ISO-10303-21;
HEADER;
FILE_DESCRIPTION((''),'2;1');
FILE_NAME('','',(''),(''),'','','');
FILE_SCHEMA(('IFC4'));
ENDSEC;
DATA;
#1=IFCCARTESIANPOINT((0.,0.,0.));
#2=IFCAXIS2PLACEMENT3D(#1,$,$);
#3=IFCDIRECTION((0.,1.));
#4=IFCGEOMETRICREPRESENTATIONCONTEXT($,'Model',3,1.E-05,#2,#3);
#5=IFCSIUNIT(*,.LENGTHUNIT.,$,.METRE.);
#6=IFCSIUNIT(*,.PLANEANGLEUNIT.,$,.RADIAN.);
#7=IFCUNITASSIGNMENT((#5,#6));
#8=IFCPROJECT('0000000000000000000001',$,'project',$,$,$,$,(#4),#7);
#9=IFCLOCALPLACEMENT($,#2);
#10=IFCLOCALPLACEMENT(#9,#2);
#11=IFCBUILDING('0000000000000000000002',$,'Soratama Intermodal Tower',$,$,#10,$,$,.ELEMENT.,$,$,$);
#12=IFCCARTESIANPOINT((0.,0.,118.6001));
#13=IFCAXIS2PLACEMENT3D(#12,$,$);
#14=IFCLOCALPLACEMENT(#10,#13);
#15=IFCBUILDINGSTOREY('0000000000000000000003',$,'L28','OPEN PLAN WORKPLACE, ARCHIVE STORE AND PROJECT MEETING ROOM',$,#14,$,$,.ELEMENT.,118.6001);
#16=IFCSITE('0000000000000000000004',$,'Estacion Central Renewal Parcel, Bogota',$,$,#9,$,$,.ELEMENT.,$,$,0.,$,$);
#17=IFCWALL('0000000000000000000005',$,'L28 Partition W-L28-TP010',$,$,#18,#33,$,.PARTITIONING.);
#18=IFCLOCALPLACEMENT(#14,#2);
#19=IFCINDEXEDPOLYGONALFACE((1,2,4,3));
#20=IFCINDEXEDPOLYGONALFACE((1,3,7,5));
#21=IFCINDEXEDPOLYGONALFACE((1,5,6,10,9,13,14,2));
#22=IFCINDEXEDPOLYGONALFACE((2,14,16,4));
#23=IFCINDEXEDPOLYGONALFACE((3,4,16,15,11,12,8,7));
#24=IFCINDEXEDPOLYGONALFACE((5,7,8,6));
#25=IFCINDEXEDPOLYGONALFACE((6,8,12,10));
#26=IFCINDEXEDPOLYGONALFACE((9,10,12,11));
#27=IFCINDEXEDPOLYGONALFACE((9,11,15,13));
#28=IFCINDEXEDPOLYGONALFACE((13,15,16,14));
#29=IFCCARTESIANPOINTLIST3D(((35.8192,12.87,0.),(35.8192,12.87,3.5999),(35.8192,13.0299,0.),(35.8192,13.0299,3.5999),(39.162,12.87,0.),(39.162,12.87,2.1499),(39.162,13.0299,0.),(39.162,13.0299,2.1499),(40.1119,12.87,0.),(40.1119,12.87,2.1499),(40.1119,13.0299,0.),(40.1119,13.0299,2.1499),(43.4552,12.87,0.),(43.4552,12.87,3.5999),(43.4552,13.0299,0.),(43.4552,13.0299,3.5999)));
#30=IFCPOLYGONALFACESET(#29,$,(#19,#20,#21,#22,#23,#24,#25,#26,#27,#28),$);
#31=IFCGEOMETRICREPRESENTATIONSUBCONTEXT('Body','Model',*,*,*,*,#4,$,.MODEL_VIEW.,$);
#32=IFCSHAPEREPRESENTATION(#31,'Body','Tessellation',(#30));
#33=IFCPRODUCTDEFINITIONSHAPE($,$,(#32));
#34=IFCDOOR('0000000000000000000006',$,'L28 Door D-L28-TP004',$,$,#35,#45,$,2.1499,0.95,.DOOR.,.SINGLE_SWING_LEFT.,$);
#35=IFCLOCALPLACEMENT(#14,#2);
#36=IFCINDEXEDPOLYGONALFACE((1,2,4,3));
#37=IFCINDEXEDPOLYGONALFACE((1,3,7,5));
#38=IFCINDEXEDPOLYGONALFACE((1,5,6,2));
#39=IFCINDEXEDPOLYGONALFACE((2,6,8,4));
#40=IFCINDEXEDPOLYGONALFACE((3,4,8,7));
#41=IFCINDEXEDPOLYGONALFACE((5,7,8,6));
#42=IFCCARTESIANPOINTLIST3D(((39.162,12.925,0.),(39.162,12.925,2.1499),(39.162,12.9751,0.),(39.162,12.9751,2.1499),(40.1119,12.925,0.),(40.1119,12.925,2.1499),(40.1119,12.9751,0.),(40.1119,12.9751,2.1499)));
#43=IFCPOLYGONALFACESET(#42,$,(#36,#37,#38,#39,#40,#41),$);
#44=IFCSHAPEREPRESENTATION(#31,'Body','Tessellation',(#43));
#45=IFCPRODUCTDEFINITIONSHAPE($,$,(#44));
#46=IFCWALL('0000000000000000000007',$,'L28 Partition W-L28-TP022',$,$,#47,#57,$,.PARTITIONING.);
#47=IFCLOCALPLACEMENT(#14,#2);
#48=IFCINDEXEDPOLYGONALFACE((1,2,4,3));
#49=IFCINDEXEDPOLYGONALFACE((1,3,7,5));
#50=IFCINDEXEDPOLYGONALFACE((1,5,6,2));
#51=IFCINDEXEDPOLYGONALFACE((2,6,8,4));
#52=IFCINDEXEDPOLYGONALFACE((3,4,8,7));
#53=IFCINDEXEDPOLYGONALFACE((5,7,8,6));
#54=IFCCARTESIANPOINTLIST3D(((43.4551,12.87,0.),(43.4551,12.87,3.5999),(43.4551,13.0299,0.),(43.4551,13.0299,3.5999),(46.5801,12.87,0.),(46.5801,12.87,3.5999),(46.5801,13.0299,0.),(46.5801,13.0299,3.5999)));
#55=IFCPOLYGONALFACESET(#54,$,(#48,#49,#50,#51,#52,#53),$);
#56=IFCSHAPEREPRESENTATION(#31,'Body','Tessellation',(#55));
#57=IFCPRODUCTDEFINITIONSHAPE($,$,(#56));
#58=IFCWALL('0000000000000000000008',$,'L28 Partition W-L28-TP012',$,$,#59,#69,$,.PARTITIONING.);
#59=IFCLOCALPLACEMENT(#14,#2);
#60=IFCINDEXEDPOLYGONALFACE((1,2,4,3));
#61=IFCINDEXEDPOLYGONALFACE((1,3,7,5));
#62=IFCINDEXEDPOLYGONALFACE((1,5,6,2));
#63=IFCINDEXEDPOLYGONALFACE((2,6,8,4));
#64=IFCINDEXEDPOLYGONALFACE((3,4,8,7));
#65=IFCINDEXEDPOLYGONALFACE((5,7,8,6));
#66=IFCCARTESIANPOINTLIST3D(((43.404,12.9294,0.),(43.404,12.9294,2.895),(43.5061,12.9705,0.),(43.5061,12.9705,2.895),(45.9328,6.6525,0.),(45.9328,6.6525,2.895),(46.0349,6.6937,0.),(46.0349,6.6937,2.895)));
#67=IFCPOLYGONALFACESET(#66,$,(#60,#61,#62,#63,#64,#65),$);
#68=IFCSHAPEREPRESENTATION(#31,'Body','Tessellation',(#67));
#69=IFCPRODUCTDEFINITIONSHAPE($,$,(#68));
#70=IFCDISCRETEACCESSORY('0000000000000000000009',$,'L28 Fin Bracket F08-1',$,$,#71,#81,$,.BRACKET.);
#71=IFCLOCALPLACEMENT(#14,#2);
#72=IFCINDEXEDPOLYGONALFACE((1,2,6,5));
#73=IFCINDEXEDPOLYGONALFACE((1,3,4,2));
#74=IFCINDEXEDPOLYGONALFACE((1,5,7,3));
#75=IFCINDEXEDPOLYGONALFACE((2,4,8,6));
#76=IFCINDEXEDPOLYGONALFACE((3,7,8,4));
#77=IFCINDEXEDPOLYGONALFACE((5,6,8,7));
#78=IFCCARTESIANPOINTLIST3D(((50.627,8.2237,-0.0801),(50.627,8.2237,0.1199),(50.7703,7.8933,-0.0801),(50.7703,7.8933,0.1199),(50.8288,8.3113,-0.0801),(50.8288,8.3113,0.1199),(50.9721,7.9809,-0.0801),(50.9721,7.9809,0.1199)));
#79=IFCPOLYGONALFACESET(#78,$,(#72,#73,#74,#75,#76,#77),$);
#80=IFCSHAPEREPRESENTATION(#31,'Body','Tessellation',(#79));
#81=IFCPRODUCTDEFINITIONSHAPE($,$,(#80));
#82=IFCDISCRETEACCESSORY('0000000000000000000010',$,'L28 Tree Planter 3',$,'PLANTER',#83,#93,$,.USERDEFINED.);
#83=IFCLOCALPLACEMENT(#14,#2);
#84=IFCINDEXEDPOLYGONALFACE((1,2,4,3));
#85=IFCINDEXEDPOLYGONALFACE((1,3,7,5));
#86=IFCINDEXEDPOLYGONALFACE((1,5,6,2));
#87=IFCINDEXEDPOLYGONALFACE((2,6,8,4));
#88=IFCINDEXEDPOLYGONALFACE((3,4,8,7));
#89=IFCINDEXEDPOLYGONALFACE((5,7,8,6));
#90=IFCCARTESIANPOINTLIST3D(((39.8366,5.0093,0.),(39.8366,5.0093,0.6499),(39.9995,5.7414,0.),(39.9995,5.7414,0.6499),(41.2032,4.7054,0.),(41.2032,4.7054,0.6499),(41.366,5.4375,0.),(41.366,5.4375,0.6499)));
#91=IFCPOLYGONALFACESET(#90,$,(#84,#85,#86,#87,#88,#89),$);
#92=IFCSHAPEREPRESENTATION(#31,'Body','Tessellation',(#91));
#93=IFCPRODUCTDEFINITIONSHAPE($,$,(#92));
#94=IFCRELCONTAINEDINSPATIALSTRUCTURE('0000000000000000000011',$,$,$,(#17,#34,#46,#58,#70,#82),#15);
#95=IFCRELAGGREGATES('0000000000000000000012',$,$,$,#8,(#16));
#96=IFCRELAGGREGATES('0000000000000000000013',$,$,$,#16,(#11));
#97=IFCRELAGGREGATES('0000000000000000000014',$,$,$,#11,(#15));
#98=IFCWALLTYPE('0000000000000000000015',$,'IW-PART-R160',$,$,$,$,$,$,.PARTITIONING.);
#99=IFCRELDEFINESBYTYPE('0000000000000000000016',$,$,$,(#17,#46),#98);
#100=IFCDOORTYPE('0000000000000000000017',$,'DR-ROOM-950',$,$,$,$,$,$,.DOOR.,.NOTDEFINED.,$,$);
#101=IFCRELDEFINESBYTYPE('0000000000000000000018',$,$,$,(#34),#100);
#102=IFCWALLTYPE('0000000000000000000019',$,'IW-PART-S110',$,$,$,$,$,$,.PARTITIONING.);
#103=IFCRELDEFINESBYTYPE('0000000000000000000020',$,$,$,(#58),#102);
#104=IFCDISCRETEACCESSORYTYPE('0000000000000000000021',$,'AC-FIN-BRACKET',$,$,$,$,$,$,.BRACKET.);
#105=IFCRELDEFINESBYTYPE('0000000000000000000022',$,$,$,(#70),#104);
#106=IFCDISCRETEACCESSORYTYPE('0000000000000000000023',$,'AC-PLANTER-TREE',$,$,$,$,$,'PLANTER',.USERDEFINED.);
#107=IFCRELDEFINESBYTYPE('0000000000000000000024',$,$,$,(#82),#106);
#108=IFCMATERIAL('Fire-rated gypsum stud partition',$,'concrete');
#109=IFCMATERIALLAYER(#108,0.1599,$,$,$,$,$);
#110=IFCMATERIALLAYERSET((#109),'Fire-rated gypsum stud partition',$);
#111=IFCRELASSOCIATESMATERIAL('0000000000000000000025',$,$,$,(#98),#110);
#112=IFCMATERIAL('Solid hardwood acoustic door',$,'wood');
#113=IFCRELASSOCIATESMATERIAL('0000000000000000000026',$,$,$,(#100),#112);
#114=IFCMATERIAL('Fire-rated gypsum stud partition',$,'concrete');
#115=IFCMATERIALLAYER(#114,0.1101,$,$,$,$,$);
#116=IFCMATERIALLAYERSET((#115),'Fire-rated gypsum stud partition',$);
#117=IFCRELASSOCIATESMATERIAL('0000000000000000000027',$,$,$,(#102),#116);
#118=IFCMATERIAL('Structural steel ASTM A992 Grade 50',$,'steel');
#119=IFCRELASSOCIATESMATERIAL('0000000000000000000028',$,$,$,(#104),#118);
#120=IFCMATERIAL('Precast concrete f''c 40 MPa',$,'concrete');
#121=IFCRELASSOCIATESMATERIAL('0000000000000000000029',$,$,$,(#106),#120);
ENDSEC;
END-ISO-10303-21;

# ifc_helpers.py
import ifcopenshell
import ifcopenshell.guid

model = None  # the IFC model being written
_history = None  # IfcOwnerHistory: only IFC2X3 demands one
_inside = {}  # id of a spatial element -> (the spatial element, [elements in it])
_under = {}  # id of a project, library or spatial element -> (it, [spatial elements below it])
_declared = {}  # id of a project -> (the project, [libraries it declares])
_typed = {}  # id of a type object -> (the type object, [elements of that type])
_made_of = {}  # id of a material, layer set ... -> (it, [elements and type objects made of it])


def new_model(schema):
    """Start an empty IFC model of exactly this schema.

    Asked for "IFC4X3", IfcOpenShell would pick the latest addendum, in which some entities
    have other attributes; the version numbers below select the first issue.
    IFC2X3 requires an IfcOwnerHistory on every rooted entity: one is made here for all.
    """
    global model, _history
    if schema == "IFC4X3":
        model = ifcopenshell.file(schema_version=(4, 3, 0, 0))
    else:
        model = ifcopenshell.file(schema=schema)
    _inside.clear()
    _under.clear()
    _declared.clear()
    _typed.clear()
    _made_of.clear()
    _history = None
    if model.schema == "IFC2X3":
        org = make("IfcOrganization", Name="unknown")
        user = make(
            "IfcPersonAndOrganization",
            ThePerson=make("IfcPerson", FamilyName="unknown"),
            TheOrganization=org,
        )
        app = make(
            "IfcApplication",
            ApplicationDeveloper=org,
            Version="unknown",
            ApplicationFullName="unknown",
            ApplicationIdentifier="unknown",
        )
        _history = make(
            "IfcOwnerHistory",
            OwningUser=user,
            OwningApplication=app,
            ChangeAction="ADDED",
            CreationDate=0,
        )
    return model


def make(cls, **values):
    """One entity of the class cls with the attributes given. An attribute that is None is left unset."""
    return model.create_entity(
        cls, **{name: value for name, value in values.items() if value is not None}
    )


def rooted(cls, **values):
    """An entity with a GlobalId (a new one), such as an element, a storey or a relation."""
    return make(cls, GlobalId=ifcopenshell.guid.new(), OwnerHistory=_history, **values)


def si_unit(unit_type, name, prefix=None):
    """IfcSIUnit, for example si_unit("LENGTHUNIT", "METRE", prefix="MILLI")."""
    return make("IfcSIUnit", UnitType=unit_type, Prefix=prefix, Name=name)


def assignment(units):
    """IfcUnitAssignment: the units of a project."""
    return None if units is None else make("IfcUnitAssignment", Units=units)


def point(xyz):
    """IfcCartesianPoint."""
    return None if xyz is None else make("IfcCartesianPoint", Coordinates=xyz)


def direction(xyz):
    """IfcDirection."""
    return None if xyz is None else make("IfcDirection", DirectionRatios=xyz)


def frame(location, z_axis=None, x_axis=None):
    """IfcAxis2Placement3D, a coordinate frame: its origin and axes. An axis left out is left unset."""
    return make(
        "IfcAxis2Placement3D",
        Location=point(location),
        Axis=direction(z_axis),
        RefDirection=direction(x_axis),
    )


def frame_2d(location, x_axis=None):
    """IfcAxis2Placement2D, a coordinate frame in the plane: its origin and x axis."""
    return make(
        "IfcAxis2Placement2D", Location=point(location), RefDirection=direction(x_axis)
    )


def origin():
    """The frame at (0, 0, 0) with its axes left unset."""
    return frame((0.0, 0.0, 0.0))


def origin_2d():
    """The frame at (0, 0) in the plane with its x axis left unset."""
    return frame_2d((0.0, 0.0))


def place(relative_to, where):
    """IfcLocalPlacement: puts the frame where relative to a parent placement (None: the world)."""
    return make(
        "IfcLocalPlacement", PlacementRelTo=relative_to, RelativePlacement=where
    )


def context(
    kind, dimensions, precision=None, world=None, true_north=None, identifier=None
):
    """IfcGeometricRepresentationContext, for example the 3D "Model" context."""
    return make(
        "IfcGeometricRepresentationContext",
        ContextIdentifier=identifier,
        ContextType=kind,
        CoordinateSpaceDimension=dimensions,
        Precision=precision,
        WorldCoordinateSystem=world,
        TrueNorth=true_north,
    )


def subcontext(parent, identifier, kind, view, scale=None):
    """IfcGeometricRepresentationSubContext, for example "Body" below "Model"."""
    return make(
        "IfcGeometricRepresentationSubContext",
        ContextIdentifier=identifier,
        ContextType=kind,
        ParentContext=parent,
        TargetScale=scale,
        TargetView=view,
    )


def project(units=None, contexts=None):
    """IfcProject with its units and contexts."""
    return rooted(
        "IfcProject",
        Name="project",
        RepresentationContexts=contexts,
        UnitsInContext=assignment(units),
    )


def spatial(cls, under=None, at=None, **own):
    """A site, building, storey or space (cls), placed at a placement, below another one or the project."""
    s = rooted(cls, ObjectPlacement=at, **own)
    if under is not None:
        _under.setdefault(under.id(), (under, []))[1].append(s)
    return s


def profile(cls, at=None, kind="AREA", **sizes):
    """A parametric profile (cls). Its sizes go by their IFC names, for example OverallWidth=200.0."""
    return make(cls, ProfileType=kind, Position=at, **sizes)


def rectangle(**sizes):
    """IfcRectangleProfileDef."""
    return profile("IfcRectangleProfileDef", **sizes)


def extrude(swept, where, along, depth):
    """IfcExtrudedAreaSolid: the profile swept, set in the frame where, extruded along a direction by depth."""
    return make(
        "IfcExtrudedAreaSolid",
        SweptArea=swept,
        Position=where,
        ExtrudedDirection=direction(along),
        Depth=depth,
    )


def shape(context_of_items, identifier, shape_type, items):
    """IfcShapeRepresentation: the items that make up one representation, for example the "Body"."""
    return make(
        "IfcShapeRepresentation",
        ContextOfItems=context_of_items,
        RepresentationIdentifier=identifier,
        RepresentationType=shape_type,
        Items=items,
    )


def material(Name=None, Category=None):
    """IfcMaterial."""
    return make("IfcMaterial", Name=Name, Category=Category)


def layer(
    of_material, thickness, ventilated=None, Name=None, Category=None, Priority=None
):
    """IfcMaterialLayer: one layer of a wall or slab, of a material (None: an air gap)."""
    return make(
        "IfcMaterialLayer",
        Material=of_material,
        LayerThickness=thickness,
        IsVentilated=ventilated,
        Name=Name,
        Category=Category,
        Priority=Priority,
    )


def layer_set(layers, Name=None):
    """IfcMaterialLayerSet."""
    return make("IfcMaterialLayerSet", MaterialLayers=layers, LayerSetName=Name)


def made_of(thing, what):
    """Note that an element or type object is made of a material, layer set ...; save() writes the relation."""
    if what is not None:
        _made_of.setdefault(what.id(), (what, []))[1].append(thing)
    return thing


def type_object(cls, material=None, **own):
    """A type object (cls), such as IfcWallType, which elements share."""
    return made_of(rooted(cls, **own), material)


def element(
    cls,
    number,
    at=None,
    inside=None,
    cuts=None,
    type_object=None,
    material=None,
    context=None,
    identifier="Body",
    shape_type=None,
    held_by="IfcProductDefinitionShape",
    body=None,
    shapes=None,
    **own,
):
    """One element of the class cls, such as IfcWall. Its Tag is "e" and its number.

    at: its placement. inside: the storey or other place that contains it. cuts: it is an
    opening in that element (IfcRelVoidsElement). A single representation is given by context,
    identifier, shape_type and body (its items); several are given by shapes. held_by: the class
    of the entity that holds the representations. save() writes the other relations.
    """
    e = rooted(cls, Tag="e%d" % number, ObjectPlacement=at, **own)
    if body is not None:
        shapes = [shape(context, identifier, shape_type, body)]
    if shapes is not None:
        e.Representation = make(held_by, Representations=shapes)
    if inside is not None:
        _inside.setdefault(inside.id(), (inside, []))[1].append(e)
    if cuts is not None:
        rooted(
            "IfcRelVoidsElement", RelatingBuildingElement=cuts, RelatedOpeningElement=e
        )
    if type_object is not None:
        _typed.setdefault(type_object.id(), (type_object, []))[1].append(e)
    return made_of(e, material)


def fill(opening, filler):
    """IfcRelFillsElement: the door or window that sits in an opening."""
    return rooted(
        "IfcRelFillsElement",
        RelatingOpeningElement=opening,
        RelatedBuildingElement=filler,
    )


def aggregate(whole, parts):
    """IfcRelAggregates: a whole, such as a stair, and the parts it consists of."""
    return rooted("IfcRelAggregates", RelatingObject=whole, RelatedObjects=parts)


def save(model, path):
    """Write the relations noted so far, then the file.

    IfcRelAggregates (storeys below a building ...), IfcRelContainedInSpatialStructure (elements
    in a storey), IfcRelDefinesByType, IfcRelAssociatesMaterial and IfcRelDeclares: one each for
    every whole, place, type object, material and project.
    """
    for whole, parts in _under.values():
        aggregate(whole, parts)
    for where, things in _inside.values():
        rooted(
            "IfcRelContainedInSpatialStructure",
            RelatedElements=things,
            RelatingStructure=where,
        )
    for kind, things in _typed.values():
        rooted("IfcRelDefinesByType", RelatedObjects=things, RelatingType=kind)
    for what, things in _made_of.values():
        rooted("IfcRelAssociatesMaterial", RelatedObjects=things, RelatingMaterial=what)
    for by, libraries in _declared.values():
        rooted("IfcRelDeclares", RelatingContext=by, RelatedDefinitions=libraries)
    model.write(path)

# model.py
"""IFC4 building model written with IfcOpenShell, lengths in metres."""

from ifc_helpers import new_model, si_unit, direction, frame, frame_2d, origin, origin_2d, place, context, subcontext, project, spatial, rectangle, extrude, material, layer, layer_set, type_object, element, fill, save


model = new_model("IFC4")

# Units and contexts
model_context = context("Model", 3, precision=1e-05, world=origin(), true_north=direction((0.0, 1.0)))
body_context = subcontext(model_context, "Body", "Model", "MODEL_VIEW")
ifc_project = project(units=[si_unit("LENGTHUNIT", "METRE"), si_unit("PLANEANGLEUNIT", "RADIAN")], contexts=[model_context])

# Site, building, storey
site_placement = place(None, origin())
site = spatial("IfcSite", under=ifc_project, at=site_placement, Name="Estacion Central Renewal Parcel, Bogota", CompositionType="ELEMENT", RefElevation=0.0)
building_placement = place(site_placement, origin())
building = spatial("IfcBuilding", under=site, at=building_placement, Name="Soratama Intermodal Tower", CompositionType="ELEMENT")
storey_placement = place(building_placement, frame((0.0, 0.0, 118.6001)))
storey = spatial("IfcBuildingStorey", under=building, at=storey_placement, Name="L28", Description="OPEN PLAN WORKPLACE, ARCHIVE STORE AND PROJECT MEETING ROOM", CompositionType="ELEMENT", Elevation=118.6001)

# Wall, opening, door
ifc_material_1 = material(Name="Fire-rated gypsum stud partition", Category="concrete")
ifc_layer_1 = layer(ifc_material_1, 0.1599)
ifc_layer_set_1 = layer_set([ifc_layer_1], Name="Fire-rated gypsum stud partition")
wall_type_1 = type_object("IfcWallType", Name="IW-PART-R160", PredefinedType="PARTITIONING", material=ifc_layer_set_1)
wall_1_placement = place(storey_placement, frame((43.4551, 12.95, 0.0), z_axis=(0.0, 0.0, 1.0), x_axis=(-1.0, 0.0, 0.0)))
wall_1 = element("IfcWall", 1, at=wall_1_placement, inside=storey, type_object=wall_type_1, Name="L28 Partition W-L28-TP010", PredefinedType="PARTITIONING", context=body_context, shape_type="SweptSolid", body=[
    extrude(rectangle(XDim=7.636, YDim=0.1599, at=frame_2d((3.8179, 0.0))), origin(), (0.0, 0.0, 1.0), 3.5999),
])
opening_1_placement = place(wall_1_placement, frame((3.343, 0.0, 0.0)))
opening_1 = element("IfcOpeningElement", 2, at=opening_1_placement, cuts=wall_1, PredefinedType="OPENING", context=body_context, shape_type="SweptSolid", body=[
    extrude(rectangle(XDim=0.95, YDim=2.1499, at=frame_2d((0.4751, 1.075))), frame((0.0, 0.0898, 0.0), z_axis=(0.0, -1.0, 0.0), x_axis=(1.0, 0.0, 0.0)), (0.0, 0.0, 1.0), 0.1799),
])
ifc_material_2 = material(Name="Solid hardwood acoustic door", Category="wood")
door_type = type_object("IfcDoorType", Name="DR-ROOM-950", OperationType="NOTDEFINED", PredefinedType="DOOR", material=ifc_material_2)
door_placement = place(opening_1_placement, origin())
door = element("IfcDoor", 3, at=door_placement, inside=storey, type_object=door_type, Name="L28 Door D-L28-TP004", OperationType="SINGLE_SWING_LEFT", OverallHeight=2.1499, OverallWidth=0.95, PredefinedType="DOOR", context=body_context, shape_type="SweptSolid", body=[
    extrude(rectangle(XDim=0.95, YDim=2.1499, at=frame_2d((0.4751, 1.075))), frame((0.0, 0.0249, 0.0), z_axis=(0.0, -1.0, 0.0), x_axis=(1.0, 0.0, 0.0)), (0.0, 0.0, 1.0), 0.05),
])
fill(opening_1, door)

# Walls
wall_2_placement = place(storey_placement, frame((46.5801, 12.95, 0.0), z_axis=(0.0, 0.0, 1.0), x_axis=(-1.0, 0.0, 0.0)))
element("IfcWall", 4, at=wall_2_placement, inside=storey, type_object=wall_type_1, Name="L28 Partition W-L28-TP022", PredefinedType="PARTITIONING", context=body_context, shape_type="SweptSolid", body=[
    extrude(rectangle(XDim=3.125, YDim=0.1599, at=frame_2d((1.5625, 0.0))), origin(), (0.0, 0.0, 1.0), 3.5999),
])
ifc_material_3 = material(Name="Fire-rated gypsum stud partition", Category="concrete")
ifc_layer_2 = layer(ifc_material_3, 0.1101)
ifc_layer_set_2 = layer_set([ifc_layer_2], Name="Fire-rated gypsum stud partition")
wall_type_2 = type_object("IfcWallType", Name="IW-PART-S110", PredefinedType="PARTITIONING", material=ifc_layer_set_2)
wall_3_placement = place(storey_placement, frame((43.4551, 12.95, 0.0), z_axis=(0.0, 0.0, 1.0), x_axis=(0.373691, -0.927553, 0.0)))
element("IfcWall", 5, at=wall_3_placement, inside=storey, type_object=wall_type_2, Name="L28 Partition W-L28-TP012", PredefinedType="PARTITIONING", context=body_context, shape_type="SweptSolid", body=[
    extrude(rectangle(XDim=6.7671, YDim=0.1101, at=frame_2d((3.3835, 0.0))), origin(), (0.0, 0.0, 1.0), 2.895),
])

# Discrete accessories
ifc_material_4 = material(Name="Structural steel ASTM A992 Grade 50", Category="steel")
discrete_accessory_type_1 = type_object("IfcDiscreteAccessoryType", Name="AC-FIN-BRACKET", PredefinedType="BRACKET", material=ifc_material_4)
discrete_accessory_1_placement = place(storey_placement, frame((50.7996, 8.1023, -0.0801), z_axis=(0.0, 0.0, 1.0), x_axis=(0.398109, -0.917338, 0.0)))
element("IfcDiscreteAccessory", 6, at=discrete_accessory_1_placement, inside=storey, type_object=discrete_accessory_type_1, Name="L28 Fin Bracket F08-1", PredefinedType="BRACKET", context=body_context, shape_type="SweptSolid", body=[
    extrude(rectangle(XDim=0.3601, YDim=0.22, at=origin_2d()), origin(), (0.0, 0.0, 1.0), 0.2),
])
ifc_material_5 = material(Name="Precast concrete f'c 40 MPa", Category="concrete")
discrete_accessory_type_2 = type_object("IfcDiscreteAccessoryType", Name="AC-PLANTER-TREE", ElementType="PLANTER", PredefinedType="USERDEFINED", material=ifc_material_5)
discrete_accessory_2_placement = place(storey_placement, frame((40.6013, 5.2234, 0.0), z_axis=(0.0, 0.0, 1.0), x_axis=(-0.217121, -0.976145, 0.0)))
element("IfcDiscreteAccessory", 7, at=discrete_accessory_2_placement, inside=storey, type_object=discrete_accessory_type_2, Name="L28 Tree Planter 3", ObjectType="PLANTER", PredefinedType="USERDEFINED", context=body_context, shape_type="SweptSolid", body=[
    extrude(rectangle(XDim=0.75, YDim=1.3999, at=origin_2d()), origin(), (0.0, 0.0, 1.0), 0.6499),
])

save(model, "model.ifc")
